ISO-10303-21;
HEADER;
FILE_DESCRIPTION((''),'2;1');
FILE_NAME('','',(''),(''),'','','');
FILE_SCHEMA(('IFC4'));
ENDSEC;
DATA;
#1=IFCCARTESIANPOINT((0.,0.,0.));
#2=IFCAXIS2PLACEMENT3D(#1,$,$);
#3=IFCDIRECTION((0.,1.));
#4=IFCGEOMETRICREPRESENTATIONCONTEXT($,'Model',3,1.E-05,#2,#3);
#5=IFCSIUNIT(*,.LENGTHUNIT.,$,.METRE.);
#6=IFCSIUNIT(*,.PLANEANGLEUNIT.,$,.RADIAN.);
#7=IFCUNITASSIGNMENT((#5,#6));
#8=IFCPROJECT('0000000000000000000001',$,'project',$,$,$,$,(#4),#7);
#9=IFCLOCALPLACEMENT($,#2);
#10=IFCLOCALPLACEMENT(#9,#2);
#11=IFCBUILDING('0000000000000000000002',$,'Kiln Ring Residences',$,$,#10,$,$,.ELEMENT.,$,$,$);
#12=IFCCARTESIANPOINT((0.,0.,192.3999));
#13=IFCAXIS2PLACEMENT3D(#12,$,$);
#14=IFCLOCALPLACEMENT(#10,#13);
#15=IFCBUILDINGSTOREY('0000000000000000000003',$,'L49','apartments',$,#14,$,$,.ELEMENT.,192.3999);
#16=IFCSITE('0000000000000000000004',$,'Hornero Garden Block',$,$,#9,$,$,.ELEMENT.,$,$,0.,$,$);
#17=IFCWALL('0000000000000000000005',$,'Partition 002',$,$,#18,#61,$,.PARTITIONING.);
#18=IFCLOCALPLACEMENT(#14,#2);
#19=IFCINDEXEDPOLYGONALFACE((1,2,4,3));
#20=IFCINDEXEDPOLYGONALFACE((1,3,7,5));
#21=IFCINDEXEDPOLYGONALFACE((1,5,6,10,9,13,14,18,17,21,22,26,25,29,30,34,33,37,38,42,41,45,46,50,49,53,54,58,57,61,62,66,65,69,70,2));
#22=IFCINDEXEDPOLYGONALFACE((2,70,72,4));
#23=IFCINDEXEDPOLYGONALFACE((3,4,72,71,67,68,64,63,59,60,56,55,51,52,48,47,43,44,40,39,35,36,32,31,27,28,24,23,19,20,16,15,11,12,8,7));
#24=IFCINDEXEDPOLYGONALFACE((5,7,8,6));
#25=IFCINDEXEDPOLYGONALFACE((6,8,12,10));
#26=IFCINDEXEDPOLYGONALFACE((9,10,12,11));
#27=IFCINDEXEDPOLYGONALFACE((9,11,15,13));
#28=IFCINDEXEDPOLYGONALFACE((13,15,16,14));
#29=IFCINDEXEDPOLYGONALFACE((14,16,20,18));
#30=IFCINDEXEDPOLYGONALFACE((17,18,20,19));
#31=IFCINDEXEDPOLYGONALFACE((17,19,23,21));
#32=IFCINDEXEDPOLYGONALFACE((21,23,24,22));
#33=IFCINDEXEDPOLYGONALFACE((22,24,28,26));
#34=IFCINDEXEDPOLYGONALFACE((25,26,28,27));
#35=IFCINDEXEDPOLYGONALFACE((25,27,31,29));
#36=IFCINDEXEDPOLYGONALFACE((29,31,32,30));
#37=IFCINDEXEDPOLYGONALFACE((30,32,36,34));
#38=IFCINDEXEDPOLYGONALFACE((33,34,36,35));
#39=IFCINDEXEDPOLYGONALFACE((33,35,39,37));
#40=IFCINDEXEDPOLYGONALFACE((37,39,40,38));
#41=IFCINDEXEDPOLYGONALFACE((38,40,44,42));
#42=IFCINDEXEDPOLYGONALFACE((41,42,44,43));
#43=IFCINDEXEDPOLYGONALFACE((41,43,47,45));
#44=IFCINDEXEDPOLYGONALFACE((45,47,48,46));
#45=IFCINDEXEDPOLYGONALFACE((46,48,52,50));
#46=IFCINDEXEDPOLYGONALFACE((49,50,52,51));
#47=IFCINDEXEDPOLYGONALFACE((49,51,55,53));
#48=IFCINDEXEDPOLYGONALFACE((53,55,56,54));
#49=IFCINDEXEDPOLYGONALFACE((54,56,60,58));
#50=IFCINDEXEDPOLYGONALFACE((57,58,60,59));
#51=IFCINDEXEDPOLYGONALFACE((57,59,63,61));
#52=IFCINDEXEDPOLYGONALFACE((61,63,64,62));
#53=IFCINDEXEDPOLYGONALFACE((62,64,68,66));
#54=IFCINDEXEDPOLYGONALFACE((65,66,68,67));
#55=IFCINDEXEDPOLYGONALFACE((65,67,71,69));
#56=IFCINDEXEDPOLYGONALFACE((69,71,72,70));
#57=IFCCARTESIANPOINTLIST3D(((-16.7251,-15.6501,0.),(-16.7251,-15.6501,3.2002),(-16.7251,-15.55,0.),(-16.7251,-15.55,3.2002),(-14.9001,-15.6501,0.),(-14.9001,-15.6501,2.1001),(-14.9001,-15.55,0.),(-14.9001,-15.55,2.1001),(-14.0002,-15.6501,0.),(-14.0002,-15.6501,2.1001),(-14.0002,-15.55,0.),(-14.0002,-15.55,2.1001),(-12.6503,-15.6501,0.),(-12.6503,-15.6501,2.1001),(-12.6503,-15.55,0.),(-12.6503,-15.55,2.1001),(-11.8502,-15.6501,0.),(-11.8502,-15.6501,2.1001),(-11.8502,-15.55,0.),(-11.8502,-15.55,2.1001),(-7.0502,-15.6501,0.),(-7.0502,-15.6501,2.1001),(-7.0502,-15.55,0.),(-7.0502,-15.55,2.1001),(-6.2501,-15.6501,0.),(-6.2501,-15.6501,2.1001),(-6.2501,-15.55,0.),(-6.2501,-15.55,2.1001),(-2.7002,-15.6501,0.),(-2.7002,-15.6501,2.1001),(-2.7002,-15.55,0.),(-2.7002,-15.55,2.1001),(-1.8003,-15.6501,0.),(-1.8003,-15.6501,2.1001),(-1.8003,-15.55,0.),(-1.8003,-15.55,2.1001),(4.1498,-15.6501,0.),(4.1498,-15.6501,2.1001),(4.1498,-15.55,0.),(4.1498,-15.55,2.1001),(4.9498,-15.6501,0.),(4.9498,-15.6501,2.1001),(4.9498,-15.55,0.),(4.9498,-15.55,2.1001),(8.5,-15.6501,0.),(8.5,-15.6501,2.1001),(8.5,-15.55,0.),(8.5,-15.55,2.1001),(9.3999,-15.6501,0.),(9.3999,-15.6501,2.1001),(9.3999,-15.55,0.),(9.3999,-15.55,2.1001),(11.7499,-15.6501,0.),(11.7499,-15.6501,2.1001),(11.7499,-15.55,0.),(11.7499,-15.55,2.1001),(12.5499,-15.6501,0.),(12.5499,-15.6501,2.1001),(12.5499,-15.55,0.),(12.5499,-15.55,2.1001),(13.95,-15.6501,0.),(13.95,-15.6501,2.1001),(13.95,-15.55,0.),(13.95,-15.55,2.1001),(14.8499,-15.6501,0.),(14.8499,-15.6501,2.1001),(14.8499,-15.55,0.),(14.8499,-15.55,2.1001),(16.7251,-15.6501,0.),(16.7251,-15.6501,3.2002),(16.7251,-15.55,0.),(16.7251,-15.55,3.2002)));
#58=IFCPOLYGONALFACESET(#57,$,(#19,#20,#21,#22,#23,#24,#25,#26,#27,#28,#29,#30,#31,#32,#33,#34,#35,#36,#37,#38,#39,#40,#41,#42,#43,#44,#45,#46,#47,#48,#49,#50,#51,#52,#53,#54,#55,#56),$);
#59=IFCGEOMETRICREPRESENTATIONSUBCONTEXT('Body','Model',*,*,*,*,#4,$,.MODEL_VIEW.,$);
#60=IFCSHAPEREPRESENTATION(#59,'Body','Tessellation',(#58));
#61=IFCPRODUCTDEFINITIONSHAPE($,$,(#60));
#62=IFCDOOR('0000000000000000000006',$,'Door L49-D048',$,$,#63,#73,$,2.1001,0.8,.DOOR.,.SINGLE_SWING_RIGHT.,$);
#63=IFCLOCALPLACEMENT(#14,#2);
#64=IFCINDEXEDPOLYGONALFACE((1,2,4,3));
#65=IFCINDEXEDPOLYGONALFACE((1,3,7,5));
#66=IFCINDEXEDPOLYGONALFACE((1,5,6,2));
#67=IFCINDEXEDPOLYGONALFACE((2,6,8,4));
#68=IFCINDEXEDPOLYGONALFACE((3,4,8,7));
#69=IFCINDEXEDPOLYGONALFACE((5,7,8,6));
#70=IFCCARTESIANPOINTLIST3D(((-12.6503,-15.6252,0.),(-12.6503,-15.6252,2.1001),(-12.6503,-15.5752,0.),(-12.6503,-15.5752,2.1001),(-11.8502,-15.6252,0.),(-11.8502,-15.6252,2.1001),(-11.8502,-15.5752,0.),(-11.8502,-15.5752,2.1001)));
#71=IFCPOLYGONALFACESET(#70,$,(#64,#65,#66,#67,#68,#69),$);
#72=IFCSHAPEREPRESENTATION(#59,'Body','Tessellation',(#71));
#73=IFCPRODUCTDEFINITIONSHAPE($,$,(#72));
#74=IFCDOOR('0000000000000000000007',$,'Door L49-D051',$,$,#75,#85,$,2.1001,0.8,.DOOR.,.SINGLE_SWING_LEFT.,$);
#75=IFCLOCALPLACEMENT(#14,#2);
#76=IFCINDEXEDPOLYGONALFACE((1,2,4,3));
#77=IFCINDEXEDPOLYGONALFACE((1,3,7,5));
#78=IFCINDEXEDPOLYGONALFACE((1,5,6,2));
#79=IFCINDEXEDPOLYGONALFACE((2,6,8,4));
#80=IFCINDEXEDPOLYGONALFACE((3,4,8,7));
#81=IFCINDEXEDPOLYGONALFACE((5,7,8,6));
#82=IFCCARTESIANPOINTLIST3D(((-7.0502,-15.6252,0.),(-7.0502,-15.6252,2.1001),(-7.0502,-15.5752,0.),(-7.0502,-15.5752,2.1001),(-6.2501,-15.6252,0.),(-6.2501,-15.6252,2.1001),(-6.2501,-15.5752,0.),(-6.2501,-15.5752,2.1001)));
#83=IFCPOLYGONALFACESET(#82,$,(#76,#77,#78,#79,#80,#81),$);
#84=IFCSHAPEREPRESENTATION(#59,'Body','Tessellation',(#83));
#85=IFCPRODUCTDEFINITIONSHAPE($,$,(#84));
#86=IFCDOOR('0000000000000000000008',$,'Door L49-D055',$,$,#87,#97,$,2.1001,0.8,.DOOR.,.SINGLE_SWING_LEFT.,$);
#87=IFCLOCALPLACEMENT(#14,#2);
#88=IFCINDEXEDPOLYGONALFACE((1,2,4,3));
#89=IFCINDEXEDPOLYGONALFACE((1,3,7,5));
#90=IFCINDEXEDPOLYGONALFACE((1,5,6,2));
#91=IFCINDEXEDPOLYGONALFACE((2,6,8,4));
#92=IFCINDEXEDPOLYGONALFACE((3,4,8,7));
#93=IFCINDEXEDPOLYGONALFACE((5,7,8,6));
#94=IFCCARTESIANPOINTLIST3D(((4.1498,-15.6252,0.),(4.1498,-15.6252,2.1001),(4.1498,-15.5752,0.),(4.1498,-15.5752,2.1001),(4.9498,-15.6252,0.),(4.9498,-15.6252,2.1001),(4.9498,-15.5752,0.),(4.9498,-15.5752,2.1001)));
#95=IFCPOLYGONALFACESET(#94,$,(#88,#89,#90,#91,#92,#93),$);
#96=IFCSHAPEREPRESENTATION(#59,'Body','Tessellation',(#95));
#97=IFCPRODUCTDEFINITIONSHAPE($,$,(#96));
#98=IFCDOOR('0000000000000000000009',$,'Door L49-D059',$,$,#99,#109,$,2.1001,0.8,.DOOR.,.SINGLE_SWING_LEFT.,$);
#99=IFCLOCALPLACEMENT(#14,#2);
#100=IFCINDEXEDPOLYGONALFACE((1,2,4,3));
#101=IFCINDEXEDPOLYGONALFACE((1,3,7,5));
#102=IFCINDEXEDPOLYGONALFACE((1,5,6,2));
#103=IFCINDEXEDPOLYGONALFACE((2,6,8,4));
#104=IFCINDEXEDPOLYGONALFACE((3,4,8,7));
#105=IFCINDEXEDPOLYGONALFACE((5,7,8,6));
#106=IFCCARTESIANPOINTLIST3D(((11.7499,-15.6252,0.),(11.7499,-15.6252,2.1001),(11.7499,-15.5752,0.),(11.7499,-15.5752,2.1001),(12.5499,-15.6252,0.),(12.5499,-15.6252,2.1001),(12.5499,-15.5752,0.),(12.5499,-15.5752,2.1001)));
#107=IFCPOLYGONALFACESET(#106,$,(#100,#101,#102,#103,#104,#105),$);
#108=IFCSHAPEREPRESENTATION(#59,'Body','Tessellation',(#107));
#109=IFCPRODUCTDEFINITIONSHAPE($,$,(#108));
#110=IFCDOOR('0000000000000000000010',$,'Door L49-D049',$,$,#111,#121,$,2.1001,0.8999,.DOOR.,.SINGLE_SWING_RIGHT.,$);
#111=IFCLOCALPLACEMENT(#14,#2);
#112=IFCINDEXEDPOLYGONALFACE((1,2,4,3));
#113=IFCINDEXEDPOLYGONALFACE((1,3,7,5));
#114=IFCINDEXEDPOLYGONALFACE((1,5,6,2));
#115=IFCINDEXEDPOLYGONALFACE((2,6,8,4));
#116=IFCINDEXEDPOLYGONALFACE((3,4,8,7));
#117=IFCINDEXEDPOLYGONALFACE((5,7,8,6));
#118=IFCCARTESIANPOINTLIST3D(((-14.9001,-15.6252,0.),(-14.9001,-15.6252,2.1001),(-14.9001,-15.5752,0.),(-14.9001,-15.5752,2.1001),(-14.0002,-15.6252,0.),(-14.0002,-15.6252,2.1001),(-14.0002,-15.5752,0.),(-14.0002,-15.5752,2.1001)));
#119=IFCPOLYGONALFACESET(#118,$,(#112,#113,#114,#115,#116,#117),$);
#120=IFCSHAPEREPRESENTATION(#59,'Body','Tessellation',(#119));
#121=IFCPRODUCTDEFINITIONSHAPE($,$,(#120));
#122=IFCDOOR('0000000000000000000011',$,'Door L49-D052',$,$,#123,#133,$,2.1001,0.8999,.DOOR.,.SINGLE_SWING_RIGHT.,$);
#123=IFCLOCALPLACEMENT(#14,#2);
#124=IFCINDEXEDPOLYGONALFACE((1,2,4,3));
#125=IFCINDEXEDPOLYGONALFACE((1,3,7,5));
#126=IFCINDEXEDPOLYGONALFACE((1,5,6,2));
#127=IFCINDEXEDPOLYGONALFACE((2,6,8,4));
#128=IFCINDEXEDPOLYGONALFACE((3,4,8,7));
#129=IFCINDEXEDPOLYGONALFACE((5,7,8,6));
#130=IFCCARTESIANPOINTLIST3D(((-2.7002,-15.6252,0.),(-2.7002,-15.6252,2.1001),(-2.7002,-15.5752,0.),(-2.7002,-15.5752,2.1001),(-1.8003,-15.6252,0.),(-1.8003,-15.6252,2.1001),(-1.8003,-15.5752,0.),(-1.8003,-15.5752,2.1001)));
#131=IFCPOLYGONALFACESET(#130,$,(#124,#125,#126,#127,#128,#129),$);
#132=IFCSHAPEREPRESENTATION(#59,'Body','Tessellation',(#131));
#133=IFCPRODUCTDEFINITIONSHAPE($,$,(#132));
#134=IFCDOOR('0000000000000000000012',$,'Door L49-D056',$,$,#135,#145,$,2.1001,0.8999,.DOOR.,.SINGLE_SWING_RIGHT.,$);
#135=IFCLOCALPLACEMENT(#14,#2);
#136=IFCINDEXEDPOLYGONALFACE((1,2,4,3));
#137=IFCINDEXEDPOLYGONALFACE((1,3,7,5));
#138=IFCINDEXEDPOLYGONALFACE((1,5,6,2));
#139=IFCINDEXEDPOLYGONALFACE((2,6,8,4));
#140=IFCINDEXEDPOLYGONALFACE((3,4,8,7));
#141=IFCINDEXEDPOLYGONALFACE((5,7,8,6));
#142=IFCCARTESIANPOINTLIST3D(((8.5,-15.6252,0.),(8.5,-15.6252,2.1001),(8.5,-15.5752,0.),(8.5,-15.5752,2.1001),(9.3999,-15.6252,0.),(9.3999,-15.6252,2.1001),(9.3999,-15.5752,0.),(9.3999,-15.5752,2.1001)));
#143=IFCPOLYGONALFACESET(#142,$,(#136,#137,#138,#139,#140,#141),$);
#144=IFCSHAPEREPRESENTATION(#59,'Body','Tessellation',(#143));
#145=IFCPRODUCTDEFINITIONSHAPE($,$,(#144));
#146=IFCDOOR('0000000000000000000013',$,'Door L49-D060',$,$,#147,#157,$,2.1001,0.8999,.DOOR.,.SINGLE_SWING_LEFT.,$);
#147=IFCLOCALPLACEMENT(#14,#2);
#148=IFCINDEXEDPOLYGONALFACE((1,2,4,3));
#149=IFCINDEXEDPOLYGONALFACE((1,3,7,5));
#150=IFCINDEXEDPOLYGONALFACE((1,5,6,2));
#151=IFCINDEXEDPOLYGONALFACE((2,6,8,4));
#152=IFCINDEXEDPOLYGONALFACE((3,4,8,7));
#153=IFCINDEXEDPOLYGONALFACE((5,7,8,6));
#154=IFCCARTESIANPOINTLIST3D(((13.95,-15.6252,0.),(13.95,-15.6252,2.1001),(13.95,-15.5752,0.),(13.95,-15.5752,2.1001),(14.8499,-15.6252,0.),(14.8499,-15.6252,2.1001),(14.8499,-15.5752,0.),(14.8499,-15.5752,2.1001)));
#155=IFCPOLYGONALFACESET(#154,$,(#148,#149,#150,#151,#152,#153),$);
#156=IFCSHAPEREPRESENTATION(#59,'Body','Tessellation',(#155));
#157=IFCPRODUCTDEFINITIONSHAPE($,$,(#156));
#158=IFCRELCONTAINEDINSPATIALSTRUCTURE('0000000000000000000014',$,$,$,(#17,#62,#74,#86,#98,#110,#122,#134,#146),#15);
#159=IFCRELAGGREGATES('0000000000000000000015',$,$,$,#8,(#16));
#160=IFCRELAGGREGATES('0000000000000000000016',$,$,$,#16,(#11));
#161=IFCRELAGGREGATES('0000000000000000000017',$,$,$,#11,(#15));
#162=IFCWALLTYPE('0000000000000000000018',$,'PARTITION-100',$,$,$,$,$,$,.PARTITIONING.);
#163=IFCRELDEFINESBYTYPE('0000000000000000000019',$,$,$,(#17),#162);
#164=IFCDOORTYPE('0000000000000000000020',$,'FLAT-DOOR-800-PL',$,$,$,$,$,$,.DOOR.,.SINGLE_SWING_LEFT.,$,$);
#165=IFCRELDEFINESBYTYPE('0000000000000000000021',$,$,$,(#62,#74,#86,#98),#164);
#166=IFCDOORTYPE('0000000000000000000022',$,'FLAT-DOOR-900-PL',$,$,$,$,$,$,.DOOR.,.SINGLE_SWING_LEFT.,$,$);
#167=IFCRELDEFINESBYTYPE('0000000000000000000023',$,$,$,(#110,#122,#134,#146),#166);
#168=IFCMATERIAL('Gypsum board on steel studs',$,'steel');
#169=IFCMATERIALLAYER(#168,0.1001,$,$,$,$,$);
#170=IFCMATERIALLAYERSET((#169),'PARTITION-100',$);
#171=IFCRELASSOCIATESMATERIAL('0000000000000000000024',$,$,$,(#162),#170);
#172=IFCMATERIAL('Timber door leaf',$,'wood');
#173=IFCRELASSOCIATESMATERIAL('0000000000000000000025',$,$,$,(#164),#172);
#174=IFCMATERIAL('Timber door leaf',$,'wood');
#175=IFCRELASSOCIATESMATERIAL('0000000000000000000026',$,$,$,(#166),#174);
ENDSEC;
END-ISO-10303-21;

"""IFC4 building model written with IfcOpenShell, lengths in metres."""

from ifc_helpers import new_model, si_unit, direction, frame, frame_2d, origin, place, context, subcontext, project, spatial, rectangle, extrude, material, layer, layer_set, type_object, element, fill, save


model = new_model("IFC4")

# Units and contexts
model_context = context("Model", 3, precision=1e-05, world=origin(), true_north=direction((0.0, 1.0)))
body_context = subcontext(model_context, "Body", "Model", "MODEL_VIEW")
ifc_project = project(units=[si_unit("LENGTHUNIT", "METRE"), si_unit("PLANEANGLEUNIT", "RADIAN")], contexts=[model_context])

# Site, building, storey
site_placement = place(None, origin())
site = spatial("IfcSite", under=ifc_project, at=site_placement, Name="Hornero Garden Block", CompositionType="ELEMENT", RefElevation=0.0)
building_placement = place(site_placement, origin())
building = spatial("IfcBuilding", under=site, at=building_placement, Name="Kiln Ring Residences", CompositionType="ELEMENT")
storey_placement = place(building_placement, frame((0.0, 0.0, 192.3999)))
storey = spatial("IfcBuildingStorey", under=building, at=storey_placement, Name="L49", Description="apartments", CompositionType="ELEMENT", Elevation=192.3999)

# Wall, openings, doors
ifc_material_1 = material(Name="Gypsum board on steel studs", Category="steel")
ifc_layer_1 = layer(ifc_material_1, 0.1001)
ifc_layer_set_1 = layer_set([ifc_layer_1], Name="PARTITION-100")
wall_type_1 = type_object("IfcWallType", Name="PARTITION-100", PredefinedType="PARTITIONING", material=ifc_layer_set_1)
wall_1_placement = place(storey_placement, frame((-16.7251, -15.6001, 0.0), z_axis=(0.0, 0.0, 1.0), x_axis=(1.0, 0.0, 0.0)))
wall_1 = element("IfcWall", 1, at=wall_1_placement, inside=storey, type_object=wall_type_1, Name="Partition 002", PredefinedType="PARTITIONING", context=body_context, shape_type="SweptSolid", body=[
    extrude(rectangle(XDim=33.4502, YDim=0.1001, at=frame_2d((16.7251, 0.0))), origin(), (0.0, 0.0, 1.0), 3.2002),
])
opening_1_placement = place(wall_1_placement, frame((4.075, 0.0, 0.0)))
opening_1 = element("IfcOpeningElement", 2, at=opening_1_placement, cuts=wall_1, PredefinedType="OPENING", context=body_context, shape_type="SweptSolid", body=[
    extrude(rectangle(XDim=0.8, YDim=2.1001, at=frame_2d((0.3999, 1.05))), frame((0.0, 0.0601, 0.0), z_axis=(0.0, -1.0, 0.0), x_axis=(1.0, 0.0, 0.0)), (0.0, 0.0, 1.0), 0.1201),
])
opening_2_placement = place(wall_1_placement, frame((1.825, 0.0, 0.0)))
opening_2 = element("IfcOpeningElement", 3, at=opening_2_placement, cuts=wall_1, PredefinedType="OPENING", context=body_context, shape_type="SweptSolid", body=[
    extrude(rectangle(XDim=0.8999, YDim=2.1001, at=frame_2d((0.45, 1.05))), frame((0.0, 0.0601, 0.0), z_axis=(0.0, -1.0, 0.0), x_axis=(1.0, 0.0, 0.0)), (0.0, 0.0, 1.0), 0.1201),
])
opening_3_placement = place(wall_1_placement, frame((9.675, 0.0, 0.0)))
opening_3 = element("IfcOpeningElement", 4, at=opening_3_placement, cuts=wall_1, PredefinedType="OPENING", context=body_context, shape_type="SweptSolid", body=[
    extrude(rectangle(XDim=0.8, YDim=2.1001, at=frame_2d((0.3999, 1.05))), frame((0.0, 0.0601, 0.0), z_axis=(0.0, -1.0, 0.0), x_axis=(1.0, 0.0, 0.0)), (0.0, 0.0, 1.0), 0.1201),
])
opening_4_placement = place(wall_1_placement, frame((14.0249, 0.0, 0.0)))
opening_4 = element("IfcOpeningElement", 5, at=opening_4_placement, cuts=wall_1, PredefinedType="OPENING", context=body_context, shape_type="SweptSolid", body=[
    extrude(rectangle(XDim=0.8999, YDim=2.1001, at=frame_2d((0.45, 1.05))), frame((0.0, 0.0601, 0.0), z_axis=(0.0, -1.0, 0.0), x_axis=(1.0, 0.0, 0.0)), (0.0, 0.0, 1.0), 0.1201),
])
opening_5_placement = place(wall_1_placement, frame((20.875, 0.0, 0.0)))
opening_5 = element("IfcOpeningElement", 6, at=opening_5_placement, cuts=wall_1, PredefinedType="OPENING", context=body_context, shape_type="SweptSolid", body=[
    extrude(rectangle(XDim=0.8, YDim=2.1001, at=frame_2d((0.3999, 1.05))), frame((0.0, 0.0601, 0.0), z_axis=(0.0, -1.0, 0.0), x_axis=(1.0, 0.0, 0.0)), (0.0, 0.0, 1.0), 0.1201),
])
opening_6_placement = place(wall_1_placement, frame((25.2251, 0.0, 0.0)))
opening_6 = element("IfcOpeningElement", 7, at=opening_6_placement, cuts=wall_1, PredefinedType="OPENING", context=body_context, shape_type="SweptSolid", body=[
    extrude(rectangle(XDim=0.8999, YDim=2.1001, at=frame_2d((0.45, 1.05))), frame((0.0, 0.0601, 0.0), z_axis=(0.0, -1.0, 0.0), x_axis=(1.0, 0.0, 0.0)), (0.0, 0.0, 1.0), 0.1201),
])
opening_7_placement = place(wall_1_placement, frame((28.4751, 0.0, 0.0)))
opening_7 = element("IfcOpeningElement", 8, at=opening_7_placement, cuts=wall_1, PredefinedType="OPENING", context=body_context, shape_type="SweptSolid", body=[
    extrude(rectangle(XDim=0.8, YDim=2.1001, at=frame_2d((0.3999, 1.05))), frame((0.0, 0.0601, 0.0), z_axis=(0.0, -1.0, 0.0), x_axis=(1.0, 0.0, 0.0)), (0.0, 0.0, 1.0), 0.1201),
])
opening_8_placement = place(wall_1_placement, frame((30.675, 0.0, 0.0)))
opening_8 = element("IfcOpeningElement", 9, at=opening_8_placement, cuts=wall_1, PredefinedType="OPENING", context=body_context, shape_type="SweptSolid", body=[
    extrude(rectangle(XDim=0.8999, YDim=2.1001, at=frame_2d((0.45, 1.05))), frame((0.0, 0.0601, 0.0), z_axis=(0.0, -1.0, 0.0), x_axis=(1.0, 0.0, 0.0)), (0.0, 0.0, 1.0), 0.1201),
])
ifc_material_2 = material(Name="Timber door leaf", Category="wood")
door_type_1 = type_object("IfcDoorType", Name="FLAT-DOOR-800-PL", OperationType="SINGLE_SWING_LEFT", PredefinedType="DOOR", material=ifc_material_2)
door_1_placement = place(opening_1_placement, origin())
door_1 = element("IfcDoor", 10, at=door_1_placement, inside=storey, type_object=door_type_1, Name="Door L49-D048", OperationType="SINGLE_SWING_RIGHT", OverallHeight=2.1001, OverallWidth=0.8, PredefinedType="DOOR", context=body_context, shape_type="SweptSolid", body=[
    extrude(rectangle(XDim=0.8, YDim=2.1001, at=frame_2d((0.3999, 1.05))), frame((0.0, 0.0249, 0.0), z_axis=(0.0, -1.0, 0.0), x_axis=(1.0, 0.0, 0.0)), (0.0, 0.0, 1.0), 0.05),
])
fill(opening_1, door_1)
door_2_placement = place(opening_3_placement, origin())
door_2 = element("IfcDoor", 11, at=door_2_placement, inside=storey, type_object=door_type_1, Name="Door L49-D051", OperationType="SINGLE_SWING_LEFT", OverallHeight=2.1001, OverallWidth=0.8, PredefinedType="DOOR", context=body_context, shape_type="SweptSolid", body=[
    extrude(rectangle(XDim=0.8, YDim=2.1001, at=frame_2d((0.3999, 1.05))), frame((0.0, 0.0249, 0.0), z_axis=(0.0, -1.0, 0.0), x_axis=(1.0, 0.0, 0.0)), (0.0, 0.0, 1.0), 0.05),
])
fill(opening_3, door_2)
door_3_placement = place(opening_5_placement, origin())
door_3 = element("IfcDoor", 12, at=door_3_placement, inside=storey, type_object=door_type_1, Name="Door L49-D055", OperationType="SINGLE_SWING_LEFT", OverallHeight=2.1001, OverallWidth=0.8, PredefinedType="DOOR", context=body_context, shape_type="SweptSolid", body=[
    extrude(rectangle(XDim=0.8, YDim=2.1001, at=frame_2d((0.3999, 1.05))), frame((0.0, 0.0249, 0.0), z_axis=(0.0, -1.0, 0.0), x_axis=(1.0, 0.0, 0.0)), (0.0, 0.0, 1.0), 0.05),
])
fill(opening_5, door_3)
door_4_placement = place(opening_7_placement, origin())
door_4 = element("IfcDoor", 13, at=door_4_placement, inside=storey, type_object=door_type_1, Name="Door L49-D059", OperationType="SINGLE_SWING_LEFT", OverallHeight=2.1001, OverallWidth=0.8, PredefinedType="DOOR", context=body_context, shape_type="SweptSolid", body=[
    extrude(rectangle(XDim=0.8, YDim=2.1001, at=frame_2d((0.3999, 1.05))), frame((0.0, 0.0249, 0.0), z_axis=(0.0, -1.0, 0.0), x_axis=(1.0, 0.0, 0.0)), (0.0, 0.0, 1.0), 0.05),
])
fill(opening_7, door_4)
ifc_material_3 = material(Name="Timber door leaf", Category="wood")
door_type_2 = type_object("IfcDoorType", Name="FLAT-DOOR-900-PL", OperationType="SINGLE_SWING_LEFT", PredefinedType="DOOR", material=ifc_material_3)
door_5_placement = place(opening_2_placement, origin())
door_5 = element("IfcDoor", 14, at=door_5_placement, inside=storey, type_object=door_type_2, Name="Door L49-D049", OperationType="SINGLE_SWING_RIGHT", OverallHeight=2.1001, OverallWidth=0.8999, PredefinedType="DOOR", context=body_context, shape_type="SweptSolid", body=[
    extrude(rectangle(XDim=0.8999, YDim=2.1001, at=frame_2d((0.45, 1.05))), frame((0.0, 0.0249, 0.0), z_axis=(0.0, -1.0, 0.0), x_axis=(1.0, 0.0, 0.0)), (0.0, 0.0, 1.0), 0.05),
])
fill(opening_2, door_5)
door_6_placement = place(opening_4_placement, origin())
door_6 = element("IfcDoor", 15, at=door_6_placement, inside=storey, type_object=door_type_2, Name="Door L49-D052", OperationType="SINGLE_SWING_RIGHT", OverallHeight=2.1001, OverallWidth=0.8999, PredefinedType="DOOR", context=body_context, shape_type="SweptSolid", body=[
    extrude(rectangle(XDim=0.8999, YDim=2.1001, at=frame_2d((0.45, 1.05))), frame((0.0, 0.0249, 0.0), z_axis=(0.0, -1.0, 0.0), x_axis=(1.0, 0.0, 0.0)), (0.0, 0.0, 1.0), 0.05),
])
fill(opening_4, door_6)
door_7_placement = place(opening_6_placement, origin())
door_7 = element("IfcDoor", 16, at=door_7_placement, inside=storey, type_object=door_type_2, Name="Door L49-D056", OperationType="SINGLE_SWING_RIGHT", OverallHeight=2.1001, OverallWidth=0.8999, PredefinedType="DOOR", context=body_context, shape_type="SweptSolid", body=[
    extrude(rectangle(XDim=0.8999, YDim=2.1001, at=frame_2d((0.45, 1.05))), frame((0.0, 0.0249, 0.0), z_axis=(0.0, -1.0, 0.0), x_axis=(1.0, 0.0, 0.0)), (0.0, 0.0, 1.0), 0.05),
])
fill(opening_6, door_7)
door_8_placement = place(opening_8_placement, origin())
door_8 = element("IfcDoor", 17, at=door_8_placement, inside=storey, type_object=door_type_2, Name="Door L49-D060", OperationType="SINGLE_SWING_LEFT", OverallHeight=2.1001, OverallWidth=0.8999, PredefinedType="DOOR", context=body_context, shape_type="SweptSolid", body=[
    extrude(rectangle(XDim=0.8999, YDim=2.1001, at=frame_2d((0.45, 1.05))), frame((0.0, 0.0249, 0.0), z_axis=(0.0, -1.0, 0.0), x_axis=(1.0, 0.0, 0.0)), (0.0, 0.0, 1.0), 0.05),
])
fill(opening_8, door_8)

save(model, "model.ifc")
